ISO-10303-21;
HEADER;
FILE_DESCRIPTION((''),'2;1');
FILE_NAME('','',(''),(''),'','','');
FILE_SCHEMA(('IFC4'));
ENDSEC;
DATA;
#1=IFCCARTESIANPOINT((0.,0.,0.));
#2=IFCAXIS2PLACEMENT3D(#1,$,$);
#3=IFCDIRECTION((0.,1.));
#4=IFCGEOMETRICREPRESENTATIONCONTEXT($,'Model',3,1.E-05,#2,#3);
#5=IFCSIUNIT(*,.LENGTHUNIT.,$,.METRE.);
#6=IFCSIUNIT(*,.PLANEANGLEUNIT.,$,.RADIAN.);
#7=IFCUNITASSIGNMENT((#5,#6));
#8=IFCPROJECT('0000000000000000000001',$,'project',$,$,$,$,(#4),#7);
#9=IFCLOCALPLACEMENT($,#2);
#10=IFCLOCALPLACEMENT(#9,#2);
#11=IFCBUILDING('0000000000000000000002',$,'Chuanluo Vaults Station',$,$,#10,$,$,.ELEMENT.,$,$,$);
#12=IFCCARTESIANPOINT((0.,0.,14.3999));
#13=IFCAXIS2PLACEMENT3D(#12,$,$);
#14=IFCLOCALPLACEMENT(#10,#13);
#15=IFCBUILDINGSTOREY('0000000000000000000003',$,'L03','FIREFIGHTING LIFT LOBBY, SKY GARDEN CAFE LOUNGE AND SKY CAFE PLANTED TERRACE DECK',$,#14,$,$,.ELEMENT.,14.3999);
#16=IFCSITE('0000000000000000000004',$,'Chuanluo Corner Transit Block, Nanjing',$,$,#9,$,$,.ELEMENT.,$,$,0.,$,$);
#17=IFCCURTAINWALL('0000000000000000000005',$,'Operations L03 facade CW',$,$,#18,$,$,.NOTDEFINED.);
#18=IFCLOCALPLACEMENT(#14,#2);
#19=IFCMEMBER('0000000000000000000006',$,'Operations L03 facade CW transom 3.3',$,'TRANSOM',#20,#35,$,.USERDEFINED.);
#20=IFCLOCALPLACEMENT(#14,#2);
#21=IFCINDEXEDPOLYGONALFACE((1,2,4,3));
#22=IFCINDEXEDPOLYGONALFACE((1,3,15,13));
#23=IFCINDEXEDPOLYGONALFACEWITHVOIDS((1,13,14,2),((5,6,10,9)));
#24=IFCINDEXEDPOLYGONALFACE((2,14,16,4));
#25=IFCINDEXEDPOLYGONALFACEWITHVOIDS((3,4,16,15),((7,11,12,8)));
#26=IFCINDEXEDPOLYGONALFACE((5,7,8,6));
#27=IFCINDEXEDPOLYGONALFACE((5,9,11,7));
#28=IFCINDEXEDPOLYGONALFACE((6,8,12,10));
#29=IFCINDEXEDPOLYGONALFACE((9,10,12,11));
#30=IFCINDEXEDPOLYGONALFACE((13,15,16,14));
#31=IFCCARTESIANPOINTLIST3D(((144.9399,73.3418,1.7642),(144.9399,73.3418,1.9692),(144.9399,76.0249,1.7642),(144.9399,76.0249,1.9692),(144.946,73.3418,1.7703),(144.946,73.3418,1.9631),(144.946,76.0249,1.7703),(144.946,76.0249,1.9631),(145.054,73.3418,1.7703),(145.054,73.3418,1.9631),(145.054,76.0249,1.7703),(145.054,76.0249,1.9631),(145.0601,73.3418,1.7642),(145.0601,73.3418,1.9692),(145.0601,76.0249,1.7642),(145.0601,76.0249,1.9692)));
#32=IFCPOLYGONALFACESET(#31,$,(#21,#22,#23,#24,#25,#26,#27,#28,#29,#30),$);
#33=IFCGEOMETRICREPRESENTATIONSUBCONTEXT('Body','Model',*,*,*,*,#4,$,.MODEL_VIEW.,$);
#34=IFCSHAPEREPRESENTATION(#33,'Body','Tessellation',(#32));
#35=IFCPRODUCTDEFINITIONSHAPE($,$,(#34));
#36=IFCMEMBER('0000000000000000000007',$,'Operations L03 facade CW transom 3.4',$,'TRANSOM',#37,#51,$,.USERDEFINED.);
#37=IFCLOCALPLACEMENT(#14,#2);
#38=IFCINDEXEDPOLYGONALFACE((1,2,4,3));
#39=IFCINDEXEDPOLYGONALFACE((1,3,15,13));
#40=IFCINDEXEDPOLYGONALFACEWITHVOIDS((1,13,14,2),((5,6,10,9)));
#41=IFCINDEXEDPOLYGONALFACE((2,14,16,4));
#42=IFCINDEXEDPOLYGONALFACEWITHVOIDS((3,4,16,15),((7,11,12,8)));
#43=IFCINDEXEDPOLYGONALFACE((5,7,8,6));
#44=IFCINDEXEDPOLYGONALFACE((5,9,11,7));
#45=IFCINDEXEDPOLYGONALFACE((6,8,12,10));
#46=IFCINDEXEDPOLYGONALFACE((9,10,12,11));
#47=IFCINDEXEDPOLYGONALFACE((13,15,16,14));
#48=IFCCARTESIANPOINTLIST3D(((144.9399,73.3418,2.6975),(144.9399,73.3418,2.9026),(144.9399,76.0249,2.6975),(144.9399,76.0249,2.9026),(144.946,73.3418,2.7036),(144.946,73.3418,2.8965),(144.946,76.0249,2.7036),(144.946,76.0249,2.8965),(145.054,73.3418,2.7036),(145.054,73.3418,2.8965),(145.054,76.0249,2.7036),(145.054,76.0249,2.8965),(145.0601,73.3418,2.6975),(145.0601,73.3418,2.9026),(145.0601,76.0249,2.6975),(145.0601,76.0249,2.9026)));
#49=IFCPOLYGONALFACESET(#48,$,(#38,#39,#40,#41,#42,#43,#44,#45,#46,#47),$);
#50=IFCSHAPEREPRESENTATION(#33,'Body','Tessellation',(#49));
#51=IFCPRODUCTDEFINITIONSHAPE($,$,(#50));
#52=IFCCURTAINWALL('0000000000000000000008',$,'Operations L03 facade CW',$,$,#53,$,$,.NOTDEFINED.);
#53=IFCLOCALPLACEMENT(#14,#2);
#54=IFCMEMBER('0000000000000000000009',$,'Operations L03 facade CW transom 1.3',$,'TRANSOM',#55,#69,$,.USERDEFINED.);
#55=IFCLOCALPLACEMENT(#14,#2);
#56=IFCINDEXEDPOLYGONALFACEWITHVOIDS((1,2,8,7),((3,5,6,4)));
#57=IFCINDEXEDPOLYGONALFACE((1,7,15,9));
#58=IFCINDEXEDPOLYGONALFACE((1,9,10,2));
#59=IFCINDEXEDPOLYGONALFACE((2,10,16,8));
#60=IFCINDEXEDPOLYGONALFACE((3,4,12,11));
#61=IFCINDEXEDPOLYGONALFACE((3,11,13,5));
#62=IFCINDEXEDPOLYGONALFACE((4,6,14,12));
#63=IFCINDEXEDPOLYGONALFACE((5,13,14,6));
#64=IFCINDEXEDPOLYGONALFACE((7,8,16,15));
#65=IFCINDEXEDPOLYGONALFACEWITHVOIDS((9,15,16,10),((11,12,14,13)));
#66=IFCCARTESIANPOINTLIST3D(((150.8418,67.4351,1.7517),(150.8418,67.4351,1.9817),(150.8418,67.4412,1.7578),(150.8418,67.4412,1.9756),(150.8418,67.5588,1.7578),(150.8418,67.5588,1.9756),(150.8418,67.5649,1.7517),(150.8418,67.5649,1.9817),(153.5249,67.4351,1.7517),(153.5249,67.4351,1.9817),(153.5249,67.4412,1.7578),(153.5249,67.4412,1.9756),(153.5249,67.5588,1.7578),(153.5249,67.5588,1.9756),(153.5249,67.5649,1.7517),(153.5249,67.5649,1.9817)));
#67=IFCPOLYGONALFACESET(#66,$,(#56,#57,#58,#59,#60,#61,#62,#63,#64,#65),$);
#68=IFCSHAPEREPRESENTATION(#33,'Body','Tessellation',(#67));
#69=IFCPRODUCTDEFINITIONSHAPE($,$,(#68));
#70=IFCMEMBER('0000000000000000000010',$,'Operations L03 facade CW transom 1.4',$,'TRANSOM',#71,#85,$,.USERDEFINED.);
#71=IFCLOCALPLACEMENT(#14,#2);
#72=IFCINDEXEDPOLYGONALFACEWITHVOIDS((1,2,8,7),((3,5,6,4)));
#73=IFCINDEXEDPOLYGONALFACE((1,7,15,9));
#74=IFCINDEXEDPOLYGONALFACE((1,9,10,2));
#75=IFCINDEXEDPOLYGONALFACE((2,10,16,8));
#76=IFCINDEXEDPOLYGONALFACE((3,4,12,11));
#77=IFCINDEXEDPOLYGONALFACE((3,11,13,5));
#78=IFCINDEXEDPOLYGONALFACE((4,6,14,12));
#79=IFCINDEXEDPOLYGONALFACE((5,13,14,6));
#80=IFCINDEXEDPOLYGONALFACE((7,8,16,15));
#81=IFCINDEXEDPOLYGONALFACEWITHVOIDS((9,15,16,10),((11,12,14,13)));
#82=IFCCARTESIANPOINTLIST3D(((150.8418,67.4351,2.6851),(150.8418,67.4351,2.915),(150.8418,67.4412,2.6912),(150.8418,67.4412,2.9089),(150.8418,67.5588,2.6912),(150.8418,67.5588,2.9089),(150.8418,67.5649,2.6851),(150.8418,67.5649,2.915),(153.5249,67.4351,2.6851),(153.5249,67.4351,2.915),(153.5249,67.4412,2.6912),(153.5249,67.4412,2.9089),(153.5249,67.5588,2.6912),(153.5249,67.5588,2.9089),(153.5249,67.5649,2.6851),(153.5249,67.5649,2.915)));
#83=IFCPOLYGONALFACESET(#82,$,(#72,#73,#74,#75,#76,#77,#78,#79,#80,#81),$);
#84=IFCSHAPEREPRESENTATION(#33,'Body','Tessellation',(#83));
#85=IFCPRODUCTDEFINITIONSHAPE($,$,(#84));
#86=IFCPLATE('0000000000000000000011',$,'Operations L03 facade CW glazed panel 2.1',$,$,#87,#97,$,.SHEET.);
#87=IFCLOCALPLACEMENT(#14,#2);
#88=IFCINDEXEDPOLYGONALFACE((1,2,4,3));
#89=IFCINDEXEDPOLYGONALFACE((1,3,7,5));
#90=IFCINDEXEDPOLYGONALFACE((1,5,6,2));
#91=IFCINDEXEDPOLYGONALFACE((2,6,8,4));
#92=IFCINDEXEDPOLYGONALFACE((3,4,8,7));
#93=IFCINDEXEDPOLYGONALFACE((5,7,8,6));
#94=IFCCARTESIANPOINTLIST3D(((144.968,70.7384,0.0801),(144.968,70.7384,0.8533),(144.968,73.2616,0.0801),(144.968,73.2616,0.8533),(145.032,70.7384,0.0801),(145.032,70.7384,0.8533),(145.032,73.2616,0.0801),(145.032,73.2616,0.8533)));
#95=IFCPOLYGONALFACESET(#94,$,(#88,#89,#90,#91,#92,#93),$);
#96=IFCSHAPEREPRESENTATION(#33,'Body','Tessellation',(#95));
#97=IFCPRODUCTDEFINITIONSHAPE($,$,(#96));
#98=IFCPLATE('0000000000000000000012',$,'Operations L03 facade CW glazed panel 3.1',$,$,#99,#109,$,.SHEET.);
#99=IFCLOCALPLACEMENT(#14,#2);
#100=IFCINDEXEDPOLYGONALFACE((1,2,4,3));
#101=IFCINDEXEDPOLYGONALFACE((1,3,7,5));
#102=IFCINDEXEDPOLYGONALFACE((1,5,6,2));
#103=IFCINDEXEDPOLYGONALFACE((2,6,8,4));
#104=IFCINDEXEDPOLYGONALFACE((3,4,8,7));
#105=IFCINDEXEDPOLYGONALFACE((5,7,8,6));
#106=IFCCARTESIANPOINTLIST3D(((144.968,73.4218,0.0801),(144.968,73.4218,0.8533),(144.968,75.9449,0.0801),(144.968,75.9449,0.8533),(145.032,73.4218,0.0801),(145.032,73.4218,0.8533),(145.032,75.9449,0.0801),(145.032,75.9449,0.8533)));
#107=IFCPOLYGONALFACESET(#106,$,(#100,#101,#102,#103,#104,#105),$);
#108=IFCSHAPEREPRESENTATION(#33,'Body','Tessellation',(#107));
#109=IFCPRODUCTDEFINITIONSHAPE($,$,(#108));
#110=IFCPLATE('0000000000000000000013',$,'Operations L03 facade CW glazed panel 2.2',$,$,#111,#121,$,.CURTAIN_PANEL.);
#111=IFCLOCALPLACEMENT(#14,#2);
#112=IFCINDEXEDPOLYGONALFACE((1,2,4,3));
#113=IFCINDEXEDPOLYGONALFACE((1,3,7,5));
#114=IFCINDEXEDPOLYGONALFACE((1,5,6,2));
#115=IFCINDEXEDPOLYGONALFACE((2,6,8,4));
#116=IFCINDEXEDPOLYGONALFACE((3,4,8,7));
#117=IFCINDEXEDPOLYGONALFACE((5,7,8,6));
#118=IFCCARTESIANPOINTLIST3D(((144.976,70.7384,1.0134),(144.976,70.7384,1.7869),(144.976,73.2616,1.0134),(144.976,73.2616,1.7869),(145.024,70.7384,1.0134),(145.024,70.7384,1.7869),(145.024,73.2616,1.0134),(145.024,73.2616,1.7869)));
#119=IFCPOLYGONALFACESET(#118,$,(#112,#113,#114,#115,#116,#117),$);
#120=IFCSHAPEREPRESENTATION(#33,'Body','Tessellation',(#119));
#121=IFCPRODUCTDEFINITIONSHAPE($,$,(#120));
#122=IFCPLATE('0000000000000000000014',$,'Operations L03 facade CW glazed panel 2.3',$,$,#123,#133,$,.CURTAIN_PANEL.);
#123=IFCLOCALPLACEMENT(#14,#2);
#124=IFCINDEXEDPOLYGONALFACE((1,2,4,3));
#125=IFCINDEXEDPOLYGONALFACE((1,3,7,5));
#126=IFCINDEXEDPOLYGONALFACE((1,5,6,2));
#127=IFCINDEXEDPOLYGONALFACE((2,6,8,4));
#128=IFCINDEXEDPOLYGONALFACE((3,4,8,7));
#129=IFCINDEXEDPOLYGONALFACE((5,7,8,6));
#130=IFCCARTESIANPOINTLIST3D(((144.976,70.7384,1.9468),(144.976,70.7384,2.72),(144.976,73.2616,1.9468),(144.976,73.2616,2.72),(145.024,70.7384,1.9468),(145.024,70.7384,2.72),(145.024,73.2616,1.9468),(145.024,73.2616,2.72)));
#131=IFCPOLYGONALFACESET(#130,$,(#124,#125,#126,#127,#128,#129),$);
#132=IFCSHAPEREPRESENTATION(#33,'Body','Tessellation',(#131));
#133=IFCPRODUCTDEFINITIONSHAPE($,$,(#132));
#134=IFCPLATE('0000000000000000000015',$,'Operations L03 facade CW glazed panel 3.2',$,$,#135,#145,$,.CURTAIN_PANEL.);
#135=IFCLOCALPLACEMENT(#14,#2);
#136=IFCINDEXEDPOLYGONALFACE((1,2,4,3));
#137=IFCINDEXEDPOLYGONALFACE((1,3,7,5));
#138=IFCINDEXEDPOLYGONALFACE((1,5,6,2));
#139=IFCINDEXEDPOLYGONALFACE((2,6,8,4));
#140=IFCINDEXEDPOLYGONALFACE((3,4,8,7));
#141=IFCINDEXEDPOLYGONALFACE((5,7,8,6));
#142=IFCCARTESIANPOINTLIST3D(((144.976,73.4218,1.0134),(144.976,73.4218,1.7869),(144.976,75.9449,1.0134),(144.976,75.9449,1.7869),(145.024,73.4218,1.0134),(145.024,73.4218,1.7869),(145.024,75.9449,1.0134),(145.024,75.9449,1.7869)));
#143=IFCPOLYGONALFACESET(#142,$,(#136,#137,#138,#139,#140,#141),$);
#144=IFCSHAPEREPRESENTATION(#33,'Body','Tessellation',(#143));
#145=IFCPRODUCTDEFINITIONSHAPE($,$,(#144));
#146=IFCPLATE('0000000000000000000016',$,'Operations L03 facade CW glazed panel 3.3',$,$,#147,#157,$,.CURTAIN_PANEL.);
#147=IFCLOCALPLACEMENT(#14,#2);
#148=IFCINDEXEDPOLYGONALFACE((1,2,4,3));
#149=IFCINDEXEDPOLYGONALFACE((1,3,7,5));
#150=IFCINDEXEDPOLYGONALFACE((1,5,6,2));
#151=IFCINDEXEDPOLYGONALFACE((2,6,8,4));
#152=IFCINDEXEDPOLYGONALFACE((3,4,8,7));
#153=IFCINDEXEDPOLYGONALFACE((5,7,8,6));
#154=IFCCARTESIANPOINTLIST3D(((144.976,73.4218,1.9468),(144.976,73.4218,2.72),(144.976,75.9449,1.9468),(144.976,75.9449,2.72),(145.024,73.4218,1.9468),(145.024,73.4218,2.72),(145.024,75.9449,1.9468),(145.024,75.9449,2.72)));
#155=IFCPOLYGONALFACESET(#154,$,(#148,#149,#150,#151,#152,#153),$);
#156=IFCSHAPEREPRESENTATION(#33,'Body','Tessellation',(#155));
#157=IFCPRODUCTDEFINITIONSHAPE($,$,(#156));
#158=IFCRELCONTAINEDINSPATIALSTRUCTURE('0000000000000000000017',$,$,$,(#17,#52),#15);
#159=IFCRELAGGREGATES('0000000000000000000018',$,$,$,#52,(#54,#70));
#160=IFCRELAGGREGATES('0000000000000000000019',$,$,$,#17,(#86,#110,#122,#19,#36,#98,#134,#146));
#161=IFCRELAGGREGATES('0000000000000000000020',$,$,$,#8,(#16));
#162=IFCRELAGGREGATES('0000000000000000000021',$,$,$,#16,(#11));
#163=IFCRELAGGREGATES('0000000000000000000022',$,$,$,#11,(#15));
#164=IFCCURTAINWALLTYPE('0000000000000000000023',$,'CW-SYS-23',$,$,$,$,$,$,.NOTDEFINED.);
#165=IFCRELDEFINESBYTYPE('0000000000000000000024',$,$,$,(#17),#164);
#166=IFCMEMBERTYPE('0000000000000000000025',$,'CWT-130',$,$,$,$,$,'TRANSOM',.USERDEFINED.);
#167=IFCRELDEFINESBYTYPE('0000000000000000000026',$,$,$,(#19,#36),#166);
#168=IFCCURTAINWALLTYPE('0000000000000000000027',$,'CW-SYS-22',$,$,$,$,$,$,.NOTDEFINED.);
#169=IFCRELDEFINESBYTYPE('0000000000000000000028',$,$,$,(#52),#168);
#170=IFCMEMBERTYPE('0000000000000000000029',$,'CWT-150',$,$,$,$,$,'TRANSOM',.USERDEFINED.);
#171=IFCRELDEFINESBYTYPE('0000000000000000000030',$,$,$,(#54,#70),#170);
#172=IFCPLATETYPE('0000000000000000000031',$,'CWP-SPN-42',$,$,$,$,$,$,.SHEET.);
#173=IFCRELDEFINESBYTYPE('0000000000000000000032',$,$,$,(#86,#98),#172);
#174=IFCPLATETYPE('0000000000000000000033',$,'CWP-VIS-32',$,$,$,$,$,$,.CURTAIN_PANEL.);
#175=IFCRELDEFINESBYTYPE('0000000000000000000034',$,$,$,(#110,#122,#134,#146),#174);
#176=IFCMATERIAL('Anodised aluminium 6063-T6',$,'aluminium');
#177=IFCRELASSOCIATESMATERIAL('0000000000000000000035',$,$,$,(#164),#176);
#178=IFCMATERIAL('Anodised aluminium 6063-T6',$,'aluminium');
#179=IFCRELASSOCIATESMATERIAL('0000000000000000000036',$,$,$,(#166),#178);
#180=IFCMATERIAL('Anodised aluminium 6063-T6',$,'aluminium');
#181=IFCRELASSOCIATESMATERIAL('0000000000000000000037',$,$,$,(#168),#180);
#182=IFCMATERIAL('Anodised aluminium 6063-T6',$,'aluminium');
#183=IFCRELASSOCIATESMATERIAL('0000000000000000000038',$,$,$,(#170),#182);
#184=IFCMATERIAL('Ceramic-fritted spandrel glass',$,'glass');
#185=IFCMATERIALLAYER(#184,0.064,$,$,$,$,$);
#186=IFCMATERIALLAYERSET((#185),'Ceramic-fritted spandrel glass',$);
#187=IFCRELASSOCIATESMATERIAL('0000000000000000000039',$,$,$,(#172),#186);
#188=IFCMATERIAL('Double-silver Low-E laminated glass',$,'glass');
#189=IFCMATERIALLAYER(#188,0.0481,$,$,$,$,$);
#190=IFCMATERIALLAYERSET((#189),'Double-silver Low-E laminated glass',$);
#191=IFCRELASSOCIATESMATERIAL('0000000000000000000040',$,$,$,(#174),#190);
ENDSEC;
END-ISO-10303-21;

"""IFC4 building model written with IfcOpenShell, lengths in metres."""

from ifc_helpers import new_model, si_unit, direction, frame, origin, origin_2d, place, context, subcontext, project, spatial, rectangle, hollow_rectangle, extrude, material, layer, layer_set, material_profile, profile_set, type_object, element, aggregate, save


model = new_model("IFC4")

# Units and contexts
model_context = context("Model", 3, precision=1e-05, world=origin(), true_north=direction((0.0, 1.0)))
body_context = subcontext(model_context, "Body", "Model", "MODEL_VIEW")
ifc_project = project(units=[si_unit("LENGTHUNIT", "METRE"), si_unit("PLANEANGLEUNIT", "RADIAN")], contexts=[model_context])

# Site, building, storey
site_placement = place(None, origin())
site = spatial("IfcSite", under=ifc_project, at=site_placement, Name="Chuanluo Corner Transit Block, Nanjing", CompositionType="ELEMENT", RefElevation=0.0)
building_placement = place(site_placement, origin())
building = spatial("IfcBuilding", under=site, at=building_placement, Name="Chuanluo Vaults Station", CompositionType="ELEMENT")
storey_placement = place(building_placement, frame((0.0, 0.0, 14.3999)))
storey = spatial("IfcBuildingStorey", under=building, at=storey_placement, Name="L03", Description="FIREFIGHTING LIFT LOBBY, SKY GARDEN CAFE LOUNGE AND SKY CAFE PLANTED TERRACE DECK", CompositionType="ELEMENT", Elevation=14.3999)

# Curtain walls, members
ifc_material_1 = material(Name="Anodised aluminium 6063-T6", Category="aluminium")
curtain_wall_type_1 = type_object("IfcCurtainWallType", Name="CW-SYS-23", PredefinedType="NOTDEFINED", material=ifc_material_1)
curtain_wall_1_placement = place(storey_placement, origin())
curtain_wall_1 = element("IfcCurtainWall", 1, at=curtain_wall_1_placement, inside=storey, type_object=curtain_wall_type_1, Name="Operations L03 facade CW", PredefinedType="NOTDEFINED")
ifc_material_2 = material(Name="Anodised aluminium 6063-T6", Category="aluminium")
ifc_material_profile_1 = material_profile(ifc_material_2, hollow_rectangle(XDim=0.1201, YDim=0.2051, WallThickness=0.0061, at=origin_2d()))
ifc_profile_set_1 = profile_set([ifc_material_profile_1], Name="Anodised aluminium 6063-T6")
member_type_1 = type_object("IfcMemberType", Name="CWT-130", ElementType="TRANSOM", PredefinedType="USERDEFINED", material=ifc_profile_set_1)
member_1_placement = place(storey_placement, frame((145.0, 73.3418, 1.8667), z_axis=(0.0, 1.0, 0.0), x_axis=(-1.0, 0.0, 0.0)))
member_1 = element("IfcMember", 2, at=member_1_placement, type_object=member_type_1, Name="Operations L03 facade CW transom 3.3", ObjectType="TRANSOM", PredefinedType="USERDEFINED", context=body_context, shape_type="SweptSolid", body=[
    extrude(hollow_rectangle(XDim=0.1201, YDim=0.2051, WallThickness=0.0061, at=origin_2d()), origin(), (0.0, 0.0, 1.0), 2.6831),
])
member_2_placement = place(storey_placement, frame((145.0, 73.3418, 2.8), z_axis=(0.0, 1.0, 0.0), x_axis=(-1.0, 0.0, 0.0)))
member_2 = element("IfcMember", 3, at=member_2_placement, type_object=member_type_1, Name="Operations L03 facade CW transom 3.4", ObjectType="TRANSOM", PredefinedType="USERDEFINED", context=body_context, shape_type="SweptSolid", body=[
    extrude(hollow_rectangle(XDim=0.1201, YDim=0.2051, WallThickness=0.0061, at=origin_2d()), origin(), (0.0, 0.0, 1.0), 2.6831),
])
ifc_material_3 = material(Name="Anodised aluminium 6063-T6", Category="aluminium")
curtain_wall_type_2 = type_object("IfcCurtainWallType", Name="CW-SYS-22", PredefinedType="NOTDEFINED", material=ifc_material_3)
curtain_wall_2_placement = place(storey_placement, origin())
curtain_wall_2 = element("IfcCurtainWall", 4, at=curtain_wall_2_placement, inside=storey, type_object=curtain_wall_type_2, Name="Operations L03 facade CW", PredefinedType="NOTDEFINED")
ifc_material_4 = material(Name="Anodised aluminium 6063-T6", Category="aluminium")
ifc_material_profile_2 = material_profile(ifc_material_4, hollow_rectangle(XDim=0.1299, YDim=0.23, WallThickness=0.0061, at=origin_2d()))
ifc_profile_set_2 = profile_set([ifc_material_profile_2], Name="Anodised aluminium 6063-T6")
member_type_2 = type_object("IfcMemberType", Name="CWT-150", ElementType="TRANSOM", PredefinedType="USERDEFINED", material=ifc_profile_set_2)
member_3_placement = place(storey_placement, frame((153.5249, 67.5, 1.8667), z_axis=(-1.0, 0.0, 0.0), x_axis=(0.0, -1.0, 0.0)))
member_3 = element("IfcMember", 5, at=member_3_placement, type_object=member_type_2, Name="Operations L03 facade CW transom 1.3", ObjectType="TRANSOM", PredefinedType="USERDEFINED", context=body_context, shape_type="SweptSolid", body=[
    extrude(hollow_rectangle(XDim=0.1299, YDim=0.23, WallThickness=0.0061, at=origin_2d()), origin(), (0.0, 0.0, 1.0), 2.6831),
])
member_4_placement = place(storey_placement, frame((153.5249, 67.5, 2.8), z_axis=(-1.0, 0.0, 0.0), x_axis=(0.0, -1.0, 0.0)))
member_4 = element("IfcMember", 6, at=member_4_placement, type_object=member_type_2, Name="Operations L03 facade CW transom 1.4", ObjectType="TRANSOM", PredefinedType="USERDEFINED", context=body_context, shape_type="SweptSolid", body=[
    extrude(hollow_rectangle(XDim=0.1299, YDim=0.23, WallThickness=0.0061, at=origin_2d()), origin(), (0.0, 0.0, 1.0), 2.6831),
])
aggregate(curtain_wall_2, [member_3, member_4])

# Plates
ifc_material_5 = material(Name="Ceramic-fritted spandrel glass", Category="glass")
ifc_layer_1 = layer(ifc_material_5, 0.064)
ifc_layer_set_1 = layer_set([ifc_layer_1], Name="Ceramic-fritted spandrel glass")
plate_type_1 = type_object("IfcPlateType", Name="CWP-SPN-42", PredefinedType="SHEET", material=ifc_layer_set_1)
plate_1_placement = place(storey_placement, frame((145.0, 72.0, 0.0801), z_axis=(0.0, 0.0, 1.0), x_axis=(0.0, 1.0, 0.0)))
plate_1 = element("IfcPlate", 7, at=plate_1_placement, type_object=plate_type_1, Name="Operations L03 facade CW glazed panel 2.1", PredefinedType="SHEET", context=body_context, shape_type="SweptSolid", body=[
    extrude(rectangle(XDim=2.5232, YDim=0.064, at=origin_2d()), origin(), (0.0, 0.0, 1.0), 0.7732),
])
plate_2_placement = place(storey_placement, frame((145.0, 74.6833, 0.0801), z_axis=(0.0, 0.0, 1.0), x_axis=(0.0, 1.0, 0.0)))
plate_2 = element("IfcPlate", 8, at=plate_2_placement, type_object=plate_type_1, Name="Operations L03 facade CW glazed panel 3.1", PredefinedType="SHEET", context=body_context, shape_type="SweptSolid", body=[
    extrude(rectangle(XDim=2.5232, YDim=0.064, at=origin_2d()), origin(), (0.0, 0.0, 1.0), 0.7732),
])
ifc_material_6 = material(Name="Double-silver Low-E laminated glass", Category="glass")
ifc_layer_2 = layer(ifc_material_6, 0.0481)
ifc_layer_set_2 = layer_set([ifc_layer_2], Name="Double-silver Low-E laminated glass")
plate_type_2 = type_object("IfcPlateType", Name="CWP-VIS-32", PredefinedType="CURTAIN_PANEL", material=ifc_layer_set_2)
plate_3_placement = place(storey_placement, frame((145.0, 72.0, 1.0134), z_axis=(0.0, 0.0, 1.0), x_axis=(0.0, 1.0, 0.0)))
plate_3 = element("IfcPlate", 9, at=plate_3_placement, type_object=plate_type_2, Name="Operations L03 facade CW glazed panel 2.2", PredefinedType="CURTAIN_PANEL", context=body_context, shape_type="SweptSolid", body=[
    extrude(rectangle(XDim=2.5232, YDim=0.0481, at=origin_2d()), origin(), (0.0, 0.0, 1.0), 0.7734),
])
plate_4_placement = place(storey_placement, frame((145.0, 72.0, 1.9468), z_axis=(0.0, 0.0, 1.0), x_axis=(0.0, 1.0, 0.0)))
plate_4 = element("IfcPlate", 10, at=plate_4_placement, type_object=plate_type_2, Name="Operations L03 facade CW glazed panel 2.3", PredefinedType="CURTAIN_PANEL", context=body_context, shape_type="SweptSolid", body=[
    extrude(rectangle(XDim=2.5232, YDim=0.0481, at=origin_2d()), origin(), (0.0, 0.0, 1.0), 0.7732),
])
plate_5_placement = place(storey_placement, frame((145.0, 74.6833, 1.0134), z_axis=(0.0, 0.0, 1.0), x_axis=(0.0, 1.0, 0.0)))
plate_5 = element("IfcPlate", 11, at=plate_5_placement, type_object=plate_type_2, Name="Operations L03 facade CW glazed panel 3.2", PredefinedType="CURTAIN_PANEL", context=body_context, shape_type="SweptSolid", body=[
    extrude(rectangle(XDim=2.5232, YDim=0.0481, at=origin_2d()), origin(), (0.0, 0.0, 1.0), 0.7734),
])
plate_6_placement = place(storey_placement, frame((145.0, 74.6833, 1.9468), z_axis=(0.0, 0.0, 1.0), x_axis=(0.0, 1.0, 0.0)))
plate_6 = element("IfcPlate", 12, at=plate_6_placement, type_object=plate_type_2, Name="Operations L03 facade CW glazed panel 3.3", PredefinedType="CURTAIN_PANEL", context=body_context, shape_type="SweptSolid", body=[
    extrude(rectangle(XDim=2.5232, YDim=0.0481, at=origin_2d()), origin(), (0.0, 0.0, 1.0), 0.7732),
])
aggregate(curtain_wall_1, [plate_1, plate_3, plate_4, member_1, member_2, plate_2, plate_5, plate_6])

save(model, "model.ifc")
